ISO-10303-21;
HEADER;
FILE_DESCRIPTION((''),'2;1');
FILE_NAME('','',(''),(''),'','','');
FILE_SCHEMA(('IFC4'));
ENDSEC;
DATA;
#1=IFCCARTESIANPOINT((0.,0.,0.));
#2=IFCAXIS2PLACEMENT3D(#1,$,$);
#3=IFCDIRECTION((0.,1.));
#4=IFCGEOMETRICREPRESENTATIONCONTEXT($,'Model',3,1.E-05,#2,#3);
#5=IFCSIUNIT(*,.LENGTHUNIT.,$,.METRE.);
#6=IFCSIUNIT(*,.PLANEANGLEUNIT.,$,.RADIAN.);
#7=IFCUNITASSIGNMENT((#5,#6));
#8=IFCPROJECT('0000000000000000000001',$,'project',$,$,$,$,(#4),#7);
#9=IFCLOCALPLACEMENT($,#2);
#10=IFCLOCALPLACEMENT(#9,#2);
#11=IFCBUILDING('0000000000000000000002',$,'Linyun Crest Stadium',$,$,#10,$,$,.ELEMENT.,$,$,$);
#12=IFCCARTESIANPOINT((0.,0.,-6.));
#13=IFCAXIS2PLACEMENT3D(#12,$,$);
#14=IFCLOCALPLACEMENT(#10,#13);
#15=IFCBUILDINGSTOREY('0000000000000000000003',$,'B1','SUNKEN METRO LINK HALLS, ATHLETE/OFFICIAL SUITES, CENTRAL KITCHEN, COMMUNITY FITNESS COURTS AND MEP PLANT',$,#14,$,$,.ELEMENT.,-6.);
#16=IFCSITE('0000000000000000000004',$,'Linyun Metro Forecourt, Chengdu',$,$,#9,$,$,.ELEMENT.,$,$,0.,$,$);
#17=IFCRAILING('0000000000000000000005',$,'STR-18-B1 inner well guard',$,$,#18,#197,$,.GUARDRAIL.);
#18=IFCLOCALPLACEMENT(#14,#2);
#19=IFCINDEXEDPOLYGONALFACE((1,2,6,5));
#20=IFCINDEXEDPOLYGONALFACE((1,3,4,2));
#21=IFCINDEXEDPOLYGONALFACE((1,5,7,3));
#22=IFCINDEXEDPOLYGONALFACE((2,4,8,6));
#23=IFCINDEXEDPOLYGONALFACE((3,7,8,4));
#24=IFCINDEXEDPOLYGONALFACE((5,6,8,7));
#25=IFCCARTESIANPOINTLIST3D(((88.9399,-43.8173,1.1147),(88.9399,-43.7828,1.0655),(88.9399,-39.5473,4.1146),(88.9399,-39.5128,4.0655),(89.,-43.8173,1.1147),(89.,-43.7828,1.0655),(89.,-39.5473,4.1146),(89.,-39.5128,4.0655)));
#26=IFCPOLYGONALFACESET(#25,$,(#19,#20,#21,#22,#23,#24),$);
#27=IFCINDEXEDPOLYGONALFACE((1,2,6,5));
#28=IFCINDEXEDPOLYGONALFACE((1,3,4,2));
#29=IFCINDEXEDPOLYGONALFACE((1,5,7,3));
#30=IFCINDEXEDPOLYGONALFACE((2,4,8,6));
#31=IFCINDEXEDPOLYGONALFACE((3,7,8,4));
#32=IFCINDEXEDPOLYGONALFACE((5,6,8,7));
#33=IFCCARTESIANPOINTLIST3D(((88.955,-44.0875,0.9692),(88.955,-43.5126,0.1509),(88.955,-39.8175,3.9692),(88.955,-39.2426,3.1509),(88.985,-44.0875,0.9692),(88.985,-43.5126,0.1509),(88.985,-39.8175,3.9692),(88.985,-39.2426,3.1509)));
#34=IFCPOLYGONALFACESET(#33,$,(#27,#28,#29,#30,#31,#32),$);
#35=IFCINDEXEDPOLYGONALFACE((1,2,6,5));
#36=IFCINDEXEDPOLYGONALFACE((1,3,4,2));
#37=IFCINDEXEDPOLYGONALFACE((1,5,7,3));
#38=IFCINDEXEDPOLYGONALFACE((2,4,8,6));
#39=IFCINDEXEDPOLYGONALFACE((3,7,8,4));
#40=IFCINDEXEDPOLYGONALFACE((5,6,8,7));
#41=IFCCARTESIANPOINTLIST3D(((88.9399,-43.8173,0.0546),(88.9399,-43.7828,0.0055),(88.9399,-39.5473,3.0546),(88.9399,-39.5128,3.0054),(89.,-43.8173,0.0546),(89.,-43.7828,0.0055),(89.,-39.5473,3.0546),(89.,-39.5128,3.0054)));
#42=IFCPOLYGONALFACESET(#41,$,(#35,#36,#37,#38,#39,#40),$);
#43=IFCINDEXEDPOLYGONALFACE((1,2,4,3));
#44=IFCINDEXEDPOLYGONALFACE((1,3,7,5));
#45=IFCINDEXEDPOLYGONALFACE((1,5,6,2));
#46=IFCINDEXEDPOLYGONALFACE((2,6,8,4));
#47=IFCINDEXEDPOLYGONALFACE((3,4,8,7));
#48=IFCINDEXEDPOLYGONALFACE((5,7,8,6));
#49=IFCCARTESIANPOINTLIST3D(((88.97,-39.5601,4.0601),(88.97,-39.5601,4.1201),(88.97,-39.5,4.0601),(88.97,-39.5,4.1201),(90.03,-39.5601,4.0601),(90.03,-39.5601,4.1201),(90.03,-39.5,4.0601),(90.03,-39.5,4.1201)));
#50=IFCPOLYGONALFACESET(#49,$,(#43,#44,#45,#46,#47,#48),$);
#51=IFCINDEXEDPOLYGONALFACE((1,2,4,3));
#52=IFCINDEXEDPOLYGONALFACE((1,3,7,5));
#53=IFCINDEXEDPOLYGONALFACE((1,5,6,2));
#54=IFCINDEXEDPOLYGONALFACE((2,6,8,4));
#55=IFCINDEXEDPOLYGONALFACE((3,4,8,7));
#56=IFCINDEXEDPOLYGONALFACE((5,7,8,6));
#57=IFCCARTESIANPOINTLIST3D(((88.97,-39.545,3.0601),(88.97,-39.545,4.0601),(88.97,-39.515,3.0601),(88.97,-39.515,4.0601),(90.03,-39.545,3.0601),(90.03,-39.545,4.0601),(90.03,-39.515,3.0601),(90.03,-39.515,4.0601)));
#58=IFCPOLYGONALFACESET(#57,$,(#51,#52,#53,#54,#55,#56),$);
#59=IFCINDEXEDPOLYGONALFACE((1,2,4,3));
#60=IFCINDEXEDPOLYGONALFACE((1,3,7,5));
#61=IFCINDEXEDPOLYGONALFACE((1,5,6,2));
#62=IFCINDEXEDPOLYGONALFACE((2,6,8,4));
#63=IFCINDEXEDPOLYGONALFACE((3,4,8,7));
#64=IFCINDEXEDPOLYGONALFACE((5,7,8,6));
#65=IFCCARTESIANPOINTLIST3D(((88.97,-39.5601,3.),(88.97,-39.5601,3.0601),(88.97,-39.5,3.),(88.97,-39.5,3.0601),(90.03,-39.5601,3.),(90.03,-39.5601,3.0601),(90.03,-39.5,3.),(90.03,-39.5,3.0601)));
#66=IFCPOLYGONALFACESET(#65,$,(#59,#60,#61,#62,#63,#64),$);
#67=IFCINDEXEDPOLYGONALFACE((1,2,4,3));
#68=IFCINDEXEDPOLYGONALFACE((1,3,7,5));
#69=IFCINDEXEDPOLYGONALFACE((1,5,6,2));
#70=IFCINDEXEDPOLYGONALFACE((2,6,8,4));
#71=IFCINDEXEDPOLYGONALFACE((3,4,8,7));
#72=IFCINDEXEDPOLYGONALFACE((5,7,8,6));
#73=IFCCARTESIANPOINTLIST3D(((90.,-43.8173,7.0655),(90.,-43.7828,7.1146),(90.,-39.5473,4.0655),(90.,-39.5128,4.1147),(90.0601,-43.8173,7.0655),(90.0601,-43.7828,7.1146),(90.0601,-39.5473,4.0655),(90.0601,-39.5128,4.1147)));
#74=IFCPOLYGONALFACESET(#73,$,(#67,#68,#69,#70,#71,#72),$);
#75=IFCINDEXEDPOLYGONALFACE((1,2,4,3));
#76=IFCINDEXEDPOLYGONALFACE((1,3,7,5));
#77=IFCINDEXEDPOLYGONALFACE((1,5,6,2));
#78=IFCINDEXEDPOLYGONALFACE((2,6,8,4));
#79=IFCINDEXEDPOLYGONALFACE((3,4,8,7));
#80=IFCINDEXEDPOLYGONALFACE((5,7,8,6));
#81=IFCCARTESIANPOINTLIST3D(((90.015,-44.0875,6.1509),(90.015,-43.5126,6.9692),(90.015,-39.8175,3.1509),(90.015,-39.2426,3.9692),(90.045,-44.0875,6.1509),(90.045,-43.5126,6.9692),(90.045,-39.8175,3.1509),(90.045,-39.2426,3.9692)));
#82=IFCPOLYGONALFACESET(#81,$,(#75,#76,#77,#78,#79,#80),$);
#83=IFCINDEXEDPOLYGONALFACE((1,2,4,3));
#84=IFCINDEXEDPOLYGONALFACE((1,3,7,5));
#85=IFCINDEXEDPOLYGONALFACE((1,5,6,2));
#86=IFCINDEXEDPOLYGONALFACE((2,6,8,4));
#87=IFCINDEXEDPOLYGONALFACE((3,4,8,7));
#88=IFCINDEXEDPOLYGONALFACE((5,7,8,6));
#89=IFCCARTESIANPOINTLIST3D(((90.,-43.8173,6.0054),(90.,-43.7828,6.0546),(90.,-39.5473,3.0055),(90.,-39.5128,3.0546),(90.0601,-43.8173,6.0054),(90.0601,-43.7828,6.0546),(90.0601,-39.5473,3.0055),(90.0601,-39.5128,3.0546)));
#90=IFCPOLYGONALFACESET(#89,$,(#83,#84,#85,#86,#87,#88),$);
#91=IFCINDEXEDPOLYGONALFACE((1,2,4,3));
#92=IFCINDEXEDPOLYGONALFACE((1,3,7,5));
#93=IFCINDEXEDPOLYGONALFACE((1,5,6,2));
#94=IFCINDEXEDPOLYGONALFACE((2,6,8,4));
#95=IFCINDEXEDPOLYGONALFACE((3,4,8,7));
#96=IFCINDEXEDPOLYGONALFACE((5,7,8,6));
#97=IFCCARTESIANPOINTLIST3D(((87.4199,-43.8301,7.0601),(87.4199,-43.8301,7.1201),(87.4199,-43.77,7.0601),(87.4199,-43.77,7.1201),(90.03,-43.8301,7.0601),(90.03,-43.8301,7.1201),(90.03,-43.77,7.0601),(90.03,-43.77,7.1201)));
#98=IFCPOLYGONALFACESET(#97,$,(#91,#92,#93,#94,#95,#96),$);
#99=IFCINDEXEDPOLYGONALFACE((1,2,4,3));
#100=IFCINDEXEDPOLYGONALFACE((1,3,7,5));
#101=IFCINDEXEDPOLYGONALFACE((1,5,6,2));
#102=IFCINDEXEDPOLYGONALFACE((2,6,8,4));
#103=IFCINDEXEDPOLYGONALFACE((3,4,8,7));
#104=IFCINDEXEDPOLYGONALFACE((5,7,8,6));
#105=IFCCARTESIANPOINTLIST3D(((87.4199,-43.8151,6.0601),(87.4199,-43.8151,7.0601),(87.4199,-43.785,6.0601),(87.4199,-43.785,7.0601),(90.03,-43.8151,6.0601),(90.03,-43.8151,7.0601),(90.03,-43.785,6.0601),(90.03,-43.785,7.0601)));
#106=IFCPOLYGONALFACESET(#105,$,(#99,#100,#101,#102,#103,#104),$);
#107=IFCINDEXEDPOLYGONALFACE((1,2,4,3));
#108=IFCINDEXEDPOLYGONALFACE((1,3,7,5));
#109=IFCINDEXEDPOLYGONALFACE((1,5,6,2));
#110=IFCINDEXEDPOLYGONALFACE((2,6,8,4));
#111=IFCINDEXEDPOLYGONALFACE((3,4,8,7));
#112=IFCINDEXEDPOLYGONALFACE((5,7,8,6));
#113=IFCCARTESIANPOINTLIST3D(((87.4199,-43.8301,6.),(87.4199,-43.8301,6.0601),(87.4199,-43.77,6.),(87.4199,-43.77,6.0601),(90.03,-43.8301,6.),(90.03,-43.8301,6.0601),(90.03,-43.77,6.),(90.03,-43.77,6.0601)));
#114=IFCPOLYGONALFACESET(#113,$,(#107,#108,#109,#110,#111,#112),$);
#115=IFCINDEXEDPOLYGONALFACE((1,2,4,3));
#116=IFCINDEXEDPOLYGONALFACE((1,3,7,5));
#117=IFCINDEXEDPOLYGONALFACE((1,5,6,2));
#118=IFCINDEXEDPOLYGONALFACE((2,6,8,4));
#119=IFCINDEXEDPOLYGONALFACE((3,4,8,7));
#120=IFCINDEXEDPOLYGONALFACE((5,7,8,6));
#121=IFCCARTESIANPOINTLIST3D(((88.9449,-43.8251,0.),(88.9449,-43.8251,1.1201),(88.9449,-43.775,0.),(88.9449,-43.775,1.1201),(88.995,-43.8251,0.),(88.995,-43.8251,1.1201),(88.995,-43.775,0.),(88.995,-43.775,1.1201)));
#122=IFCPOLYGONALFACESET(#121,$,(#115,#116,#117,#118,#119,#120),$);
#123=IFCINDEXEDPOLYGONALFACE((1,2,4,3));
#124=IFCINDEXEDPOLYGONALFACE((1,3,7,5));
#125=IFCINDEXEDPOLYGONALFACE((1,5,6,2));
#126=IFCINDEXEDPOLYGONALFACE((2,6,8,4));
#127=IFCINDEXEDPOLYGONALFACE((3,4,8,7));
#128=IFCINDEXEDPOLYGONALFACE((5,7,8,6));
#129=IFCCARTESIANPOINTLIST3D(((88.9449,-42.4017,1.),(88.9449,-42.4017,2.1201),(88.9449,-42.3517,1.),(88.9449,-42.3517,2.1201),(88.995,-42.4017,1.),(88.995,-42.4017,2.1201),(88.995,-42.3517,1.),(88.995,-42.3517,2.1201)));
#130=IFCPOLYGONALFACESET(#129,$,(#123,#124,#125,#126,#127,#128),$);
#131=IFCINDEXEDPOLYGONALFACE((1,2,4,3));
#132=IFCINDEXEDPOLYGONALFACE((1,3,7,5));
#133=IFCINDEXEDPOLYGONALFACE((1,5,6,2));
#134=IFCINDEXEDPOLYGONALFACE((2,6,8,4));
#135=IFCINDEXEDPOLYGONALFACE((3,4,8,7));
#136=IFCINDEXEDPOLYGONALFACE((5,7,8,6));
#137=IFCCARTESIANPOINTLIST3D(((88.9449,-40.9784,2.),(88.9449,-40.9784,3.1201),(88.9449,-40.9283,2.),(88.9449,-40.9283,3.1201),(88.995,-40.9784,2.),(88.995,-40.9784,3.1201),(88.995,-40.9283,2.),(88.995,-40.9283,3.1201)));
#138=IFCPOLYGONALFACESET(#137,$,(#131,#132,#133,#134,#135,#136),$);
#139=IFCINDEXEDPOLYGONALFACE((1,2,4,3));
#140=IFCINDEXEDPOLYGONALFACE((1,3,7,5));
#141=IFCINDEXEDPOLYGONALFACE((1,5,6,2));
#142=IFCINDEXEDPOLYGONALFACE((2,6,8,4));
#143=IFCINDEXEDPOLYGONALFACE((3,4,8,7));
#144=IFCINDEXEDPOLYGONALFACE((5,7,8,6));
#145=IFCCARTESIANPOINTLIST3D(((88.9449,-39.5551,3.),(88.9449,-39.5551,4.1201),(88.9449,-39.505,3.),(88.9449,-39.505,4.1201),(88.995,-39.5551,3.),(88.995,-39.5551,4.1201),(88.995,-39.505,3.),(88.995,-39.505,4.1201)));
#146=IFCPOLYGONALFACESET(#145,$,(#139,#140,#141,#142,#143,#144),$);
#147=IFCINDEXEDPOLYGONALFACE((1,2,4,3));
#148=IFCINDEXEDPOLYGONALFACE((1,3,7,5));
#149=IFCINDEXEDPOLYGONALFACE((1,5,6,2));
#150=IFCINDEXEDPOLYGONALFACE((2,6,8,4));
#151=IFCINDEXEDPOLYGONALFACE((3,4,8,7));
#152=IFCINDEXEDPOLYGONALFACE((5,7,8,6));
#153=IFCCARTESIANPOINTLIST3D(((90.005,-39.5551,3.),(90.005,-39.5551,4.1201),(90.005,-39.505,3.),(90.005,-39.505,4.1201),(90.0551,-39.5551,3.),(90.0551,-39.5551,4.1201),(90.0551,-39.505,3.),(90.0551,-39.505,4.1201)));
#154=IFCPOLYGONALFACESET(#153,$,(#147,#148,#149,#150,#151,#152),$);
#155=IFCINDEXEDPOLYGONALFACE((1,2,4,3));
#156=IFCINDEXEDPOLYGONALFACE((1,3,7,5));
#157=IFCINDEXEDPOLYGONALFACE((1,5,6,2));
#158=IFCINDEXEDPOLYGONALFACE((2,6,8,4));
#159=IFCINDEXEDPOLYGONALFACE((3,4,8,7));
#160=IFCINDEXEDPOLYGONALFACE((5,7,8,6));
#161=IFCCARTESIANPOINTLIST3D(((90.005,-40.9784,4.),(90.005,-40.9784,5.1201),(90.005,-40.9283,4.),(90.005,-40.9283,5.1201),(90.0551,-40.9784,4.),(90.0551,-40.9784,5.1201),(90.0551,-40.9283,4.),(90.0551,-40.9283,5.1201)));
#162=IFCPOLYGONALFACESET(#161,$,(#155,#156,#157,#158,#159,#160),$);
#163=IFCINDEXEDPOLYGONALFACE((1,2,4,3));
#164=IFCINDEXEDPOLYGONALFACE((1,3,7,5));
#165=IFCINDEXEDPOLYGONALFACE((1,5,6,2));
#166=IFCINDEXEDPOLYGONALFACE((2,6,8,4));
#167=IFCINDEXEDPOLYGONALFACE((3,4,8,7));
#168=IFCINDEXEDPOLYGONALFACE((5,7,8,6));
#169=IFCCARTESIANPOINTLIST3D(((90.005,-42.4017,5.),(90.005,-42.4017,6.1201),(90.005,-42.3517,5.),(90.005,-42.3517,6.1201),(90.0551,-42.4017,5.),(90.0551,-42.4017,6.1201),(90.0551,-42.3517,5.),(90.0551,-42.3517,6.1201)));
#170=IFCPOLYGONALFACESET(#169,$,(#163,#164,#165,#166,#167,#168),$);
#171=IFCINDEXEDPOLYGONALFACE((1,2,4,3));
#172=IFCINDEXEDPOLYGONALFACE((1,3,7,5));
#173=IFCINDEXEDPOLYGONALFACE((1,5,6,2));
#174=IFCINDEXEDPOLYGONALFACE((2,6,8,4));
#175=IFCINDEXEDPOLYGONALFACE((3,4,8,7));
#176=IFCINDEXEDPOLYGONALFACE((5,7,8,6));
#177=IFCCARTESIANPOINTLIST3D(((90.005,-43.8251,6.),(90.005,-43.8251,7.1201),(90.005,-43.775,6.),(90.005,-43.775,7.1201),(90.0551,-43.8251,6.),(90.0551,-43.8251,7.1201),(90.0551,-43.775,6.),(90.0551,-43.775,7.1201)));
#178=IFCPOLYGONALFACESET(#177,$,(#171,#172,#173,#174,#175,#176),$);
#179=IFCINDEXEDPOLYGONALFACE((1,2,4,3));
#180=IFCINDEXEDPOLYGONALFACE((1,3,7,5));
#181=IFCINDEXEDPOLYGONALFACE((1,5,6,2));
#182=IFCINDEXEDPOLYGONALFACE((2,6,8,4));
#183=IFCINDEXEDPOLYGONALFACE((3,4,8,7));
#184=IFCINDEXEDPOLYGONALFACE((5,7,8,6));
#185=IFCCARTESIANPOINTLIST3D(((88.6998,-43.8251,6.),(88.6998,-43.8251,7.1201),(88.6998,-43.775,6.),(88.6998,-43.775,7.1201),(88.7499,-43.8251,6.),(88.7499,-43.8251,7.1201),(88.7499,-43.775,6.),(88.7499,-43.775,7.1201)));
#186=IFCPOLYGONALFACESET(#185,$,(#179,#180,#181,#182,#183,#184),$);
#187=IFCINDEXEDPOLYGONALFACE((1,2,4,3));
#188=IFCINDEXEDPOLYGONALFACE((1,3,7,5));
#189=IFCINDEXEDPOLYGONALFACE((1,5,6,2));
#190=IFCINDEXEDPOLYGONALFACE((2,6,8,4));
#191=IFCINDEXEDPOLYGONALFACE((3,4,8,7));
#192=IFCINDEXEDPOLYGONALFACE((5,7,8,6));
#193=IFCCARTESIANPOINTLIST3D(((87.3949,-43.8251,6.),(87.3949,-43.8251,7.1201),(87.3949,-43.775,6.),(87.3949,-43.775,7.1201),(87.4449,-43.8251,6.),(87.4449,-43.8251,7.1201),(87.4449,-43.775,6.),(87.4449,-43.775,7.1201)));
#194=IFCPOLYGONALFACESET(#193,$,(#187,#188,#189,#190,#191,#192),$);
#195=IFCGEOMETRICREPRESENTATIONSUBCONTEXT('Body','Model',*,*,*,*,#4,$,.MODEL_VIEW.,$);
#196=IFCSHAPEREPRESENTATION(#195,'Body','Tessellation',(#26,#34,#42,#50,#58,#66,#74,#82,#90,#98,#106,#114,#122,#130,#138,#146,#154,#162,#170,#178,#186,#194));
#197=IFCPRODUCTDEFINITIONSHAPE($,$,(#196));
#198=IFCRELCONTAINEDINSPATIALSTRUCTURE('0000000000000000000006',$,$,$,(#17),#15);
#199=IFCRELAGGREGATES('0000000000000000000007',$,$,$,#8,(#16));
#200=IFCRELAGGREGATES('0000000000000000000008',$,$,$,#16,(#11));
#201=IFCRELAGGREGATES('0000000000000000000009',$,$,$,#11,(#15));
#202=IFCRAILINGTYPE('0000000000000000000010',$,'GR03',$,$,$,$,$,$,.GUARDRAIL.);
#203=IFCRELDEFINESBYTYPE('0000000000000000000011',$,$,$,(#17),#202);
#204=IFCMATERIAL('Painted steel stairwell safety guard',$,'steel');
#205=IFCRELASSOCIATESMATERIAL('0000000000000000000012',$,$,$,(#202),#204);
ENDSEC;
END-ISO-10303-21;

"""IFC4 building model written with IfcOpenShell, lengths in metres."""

from ifc_helpers import new_model, si_unit, direction, frame, origin, origin_2d, place, context, subcontext, project, spatial, rectangle, extrude, material, type_object, element, save


model = new_model("IFC4")

# Units and contexts
model_context = context("Model", 3, precision=1e-05, world=origin(), true_north=direction((0.0, 1.0)))
body_context = subcontext(model_context, "Body", "Model", "MODEL_VIEW")
ifc_project = project(units=[si_unit("LENGTHUNIT", "METRE"), si_unit("PLANEANGLEUNIT", "RADIAN")], contexts=[model_context])

# Site, building, storey
site_placement = place(None, origin())
site = spatial("IfcSite", under=ifc_project, at=site_placement, Name="Linyun Metro Forecourt, Chengdu", CompositionType="ELEMENT", RefElevation=0.0)
building_placement = place(site_placement, origin())
building = spatial("IfcBuilding", under=site, at=building_placement, Name="Linyun Crest Stadium", CompositionType="ELEMENT")
storey_placement = place(building_placement, frame((0.0, 0.0, -6.0)))
storey = spatial("IfcBuildingStorey", under=building, at=storey_placement, Name="B1", Description="SUNKEN METRO LINK HALLS, ATHLETE/OFFICIAL SUITES, CENTRAL KITCHEN, COMMUNITY FITNESS COURTS AND MEP PLANT", CompositionType="ELEMENT", Elevation=-6.0)

# Railing
ifc_material_1 = material(Name="Painted steel stairwell safety guard", Category="steel")
railing_type_1 = type_object("IfcRailingType", Name="GR03", PredefinedType="GUARDRAIL", material=ifc_material_1)
railing_1_placement = place(storey_placement, frame((88.97, -43.8, 0.0)))
element("IfcRailing", 1, at=railing_1_placement, inside=storey, type_object=railing_type_1, Name="STR-18-B1 inner well guard", PredefinedType="GUARDRAIL", context=body_context, shape_type="SweptSolid", body=[
    extrude(rectangle(XDim=0.0601, YDim=0.0601, at=origin_2d()), frame((0.0, 0.0, 1.0901), z_axis=(0.0, 0.818242, 0.574874), x_axis=(-1.0, 0.0, 0.0)), (0.0, 0.0, 1.0), 5.2185),
    extrude(rectangle(XDim=0.03, YDim=1.0, at=origin_2d()), frame((0.0, 0.0, 0.5601), z_axis=(0.0, 0.818242, 0.574874), x_axis=(-1.0, 0.0, 0.0)), (0.0, 0.0, 1.0), 5.2185),
    extrude(rectangle(XDim=0.0601, YDim=0.0601, at=origin_2d()), frame((0.0, 0.0, 0.03), z_axis=(0.0, 0.818242, 0.574874), x_axis=(-1.0, 0.0, 0.0)), (0.0, 0.0, 1.0), 5.2185),
    extrude(rectangle(XDim=0.0601, YDim=0.0601, at=origin_2d()), frame((0.0, 4.27, 4.0901), z_axis=(1.0, 0.0, 0.0), x_axis=(0.0, 1.0, 0.0)), (0.0, 0.0, 1.0), 1.0601),
    extrude(rectangle(XDim=0.03, YDim=1.0, at=origin_2d()), frame((0.0, 4.27, 3.5601), z_axis=(1.0, 0.0, 0.0), x_axis=(0.0, 1.0, 0.0)), (0.0, 0.0, 1.0), 1.0601),
    extrude(rectangle(XDim=0.0601, YDim=0.0601, at=origin_2d()), frame((0.0, 4.27, 3.03), z_axis=(1.0, 0.0, 0.0), x_axis=(0.0, 1.0, 0.0)), (0.0, 0.0, 1.0), 1.0601),
    extrude(rectangle(XDim=0.0601, YDim=0.0601, at=origin_2d()), frame((1.0601, 4.27, 4.0901), z_axis=(0.0, -0.818242, 0.574874), x_axis=(1.0, 0.0, 0.0)), (0.0, 0.0, 1.0), 5.2185),
    extrude(rectangle(XDim=0.03, YDim=1.0, at=origin_2d()), frame((1.0601, 4.27, 3.5601), z_axis=(0.0, -0.818242, 0.574874), x_axis=(1.0, 0.0, 0.0)), (0.0, 0.0, 1.0), 5.2185),
    extrude(rectangle(XDim=0.0601, YDim=0.0601, at=origin_2d()), frame((1.0601, 4.27, 3.03), z_axis=(0.0, -0.818242, 0.574874), x_axis=(1.0, 0.0, 0.0)), (0.0, 0.0, 1.0), 5.2185),
    extrude(rectangle(XDim=0.0601, YDim=0.0601, at=origin_2d()), frame((1.0601, 0.0, 7.0901), z_axis=(-1.0, 0.0, 0.0), x_axis=(0.0, -1.0, 0.0)), (0.0, 0.0, 1.0), 2.6101),
    extrude(rectangle(XDim=0.03, YDim=1.0, at=origin_2d()), frame((1.0601, 0.0, 6.5601), z_axis=(-1.0, 0.0, 0.0), x_axis=(0.0, -1.0, 0.0)), (0.0, 0.0, 1.0), 2.6101),
    extrude(rectangle(XDim=0.0601, YDim=0.0601, at=origin_2d()), frame((1.0601, 0.0, 6.03), z_axis=(-1.0, 0.0, 0.0), x_axis=(0.0, -1.0, 0.0)), (0.0, 0.0, 1.0), 2.6101),
    extrude(rectangle(XDim=0.05, YDim=0.05, at=origin_2d()), origin(), (0.0, 0.0, 1.0), 1.1201),
    extrude(rectangle(XDim=0.05, YDim=0.05, at=origin_2d()), frame((0.0, 1.4233, 1.0)), (0.0, 0.0, 1.0), 1.1201),
    extrude(rectangle(XDim=0.05, YDim=0.05, at=origin_2d()), frame((0.0, 2.8467, 2.0)), (0.0, 0.0, 1.0), 1.1201),
    extrude(rectangle(XDim=0.05, YDim=0.05, at=origin_2d()), frame((0.0, 4.27, 3.0)), (0.0, 0.0, 1.0), 1.1201),
    extrude(rectangle(XDim=0.05, YDim=0.05, at=origin_2d()), frame((1.0601, 4.27, 3.0)), (0.0, 0.0, 1.0), 1.1201),
    extrude(rectangle(XDim=0.05, YDim=0.05, at=origin_2d()), frame((1.0601, 2.8467, 4.0)), (0.0, 0.0, 1.0), 1.1201),
    extrude(rectangle(XDim=0.05, YDim=0.05, at=origin_2d()), frame((1.0601, 1.4233, 5.0)), (0.0, 0.0, 1.0), 1.1201),
    extrude(rectangle(XDim=0.05, YDim=0.05, at=origin_2d()), frame((1.0601, 0.0, 6.0)), (0.0, 0.0, 1.0), 1.1201),
    extrude(rectangle(XDim=0.05, YDim=0.05, at=origin_2d()), frame((-0.2451, 0.0, 6.0)), (0.0, 0.0, 1.0), 1.1201),
    extrude(rectangle(XDim=0.05, YDim=0.05, at=origin_2d()), frame((-1.55, 0.0, 6.0)), (0.0, 0.0, 1.0), 1.1201),
])

save(model, "model.ifc")
